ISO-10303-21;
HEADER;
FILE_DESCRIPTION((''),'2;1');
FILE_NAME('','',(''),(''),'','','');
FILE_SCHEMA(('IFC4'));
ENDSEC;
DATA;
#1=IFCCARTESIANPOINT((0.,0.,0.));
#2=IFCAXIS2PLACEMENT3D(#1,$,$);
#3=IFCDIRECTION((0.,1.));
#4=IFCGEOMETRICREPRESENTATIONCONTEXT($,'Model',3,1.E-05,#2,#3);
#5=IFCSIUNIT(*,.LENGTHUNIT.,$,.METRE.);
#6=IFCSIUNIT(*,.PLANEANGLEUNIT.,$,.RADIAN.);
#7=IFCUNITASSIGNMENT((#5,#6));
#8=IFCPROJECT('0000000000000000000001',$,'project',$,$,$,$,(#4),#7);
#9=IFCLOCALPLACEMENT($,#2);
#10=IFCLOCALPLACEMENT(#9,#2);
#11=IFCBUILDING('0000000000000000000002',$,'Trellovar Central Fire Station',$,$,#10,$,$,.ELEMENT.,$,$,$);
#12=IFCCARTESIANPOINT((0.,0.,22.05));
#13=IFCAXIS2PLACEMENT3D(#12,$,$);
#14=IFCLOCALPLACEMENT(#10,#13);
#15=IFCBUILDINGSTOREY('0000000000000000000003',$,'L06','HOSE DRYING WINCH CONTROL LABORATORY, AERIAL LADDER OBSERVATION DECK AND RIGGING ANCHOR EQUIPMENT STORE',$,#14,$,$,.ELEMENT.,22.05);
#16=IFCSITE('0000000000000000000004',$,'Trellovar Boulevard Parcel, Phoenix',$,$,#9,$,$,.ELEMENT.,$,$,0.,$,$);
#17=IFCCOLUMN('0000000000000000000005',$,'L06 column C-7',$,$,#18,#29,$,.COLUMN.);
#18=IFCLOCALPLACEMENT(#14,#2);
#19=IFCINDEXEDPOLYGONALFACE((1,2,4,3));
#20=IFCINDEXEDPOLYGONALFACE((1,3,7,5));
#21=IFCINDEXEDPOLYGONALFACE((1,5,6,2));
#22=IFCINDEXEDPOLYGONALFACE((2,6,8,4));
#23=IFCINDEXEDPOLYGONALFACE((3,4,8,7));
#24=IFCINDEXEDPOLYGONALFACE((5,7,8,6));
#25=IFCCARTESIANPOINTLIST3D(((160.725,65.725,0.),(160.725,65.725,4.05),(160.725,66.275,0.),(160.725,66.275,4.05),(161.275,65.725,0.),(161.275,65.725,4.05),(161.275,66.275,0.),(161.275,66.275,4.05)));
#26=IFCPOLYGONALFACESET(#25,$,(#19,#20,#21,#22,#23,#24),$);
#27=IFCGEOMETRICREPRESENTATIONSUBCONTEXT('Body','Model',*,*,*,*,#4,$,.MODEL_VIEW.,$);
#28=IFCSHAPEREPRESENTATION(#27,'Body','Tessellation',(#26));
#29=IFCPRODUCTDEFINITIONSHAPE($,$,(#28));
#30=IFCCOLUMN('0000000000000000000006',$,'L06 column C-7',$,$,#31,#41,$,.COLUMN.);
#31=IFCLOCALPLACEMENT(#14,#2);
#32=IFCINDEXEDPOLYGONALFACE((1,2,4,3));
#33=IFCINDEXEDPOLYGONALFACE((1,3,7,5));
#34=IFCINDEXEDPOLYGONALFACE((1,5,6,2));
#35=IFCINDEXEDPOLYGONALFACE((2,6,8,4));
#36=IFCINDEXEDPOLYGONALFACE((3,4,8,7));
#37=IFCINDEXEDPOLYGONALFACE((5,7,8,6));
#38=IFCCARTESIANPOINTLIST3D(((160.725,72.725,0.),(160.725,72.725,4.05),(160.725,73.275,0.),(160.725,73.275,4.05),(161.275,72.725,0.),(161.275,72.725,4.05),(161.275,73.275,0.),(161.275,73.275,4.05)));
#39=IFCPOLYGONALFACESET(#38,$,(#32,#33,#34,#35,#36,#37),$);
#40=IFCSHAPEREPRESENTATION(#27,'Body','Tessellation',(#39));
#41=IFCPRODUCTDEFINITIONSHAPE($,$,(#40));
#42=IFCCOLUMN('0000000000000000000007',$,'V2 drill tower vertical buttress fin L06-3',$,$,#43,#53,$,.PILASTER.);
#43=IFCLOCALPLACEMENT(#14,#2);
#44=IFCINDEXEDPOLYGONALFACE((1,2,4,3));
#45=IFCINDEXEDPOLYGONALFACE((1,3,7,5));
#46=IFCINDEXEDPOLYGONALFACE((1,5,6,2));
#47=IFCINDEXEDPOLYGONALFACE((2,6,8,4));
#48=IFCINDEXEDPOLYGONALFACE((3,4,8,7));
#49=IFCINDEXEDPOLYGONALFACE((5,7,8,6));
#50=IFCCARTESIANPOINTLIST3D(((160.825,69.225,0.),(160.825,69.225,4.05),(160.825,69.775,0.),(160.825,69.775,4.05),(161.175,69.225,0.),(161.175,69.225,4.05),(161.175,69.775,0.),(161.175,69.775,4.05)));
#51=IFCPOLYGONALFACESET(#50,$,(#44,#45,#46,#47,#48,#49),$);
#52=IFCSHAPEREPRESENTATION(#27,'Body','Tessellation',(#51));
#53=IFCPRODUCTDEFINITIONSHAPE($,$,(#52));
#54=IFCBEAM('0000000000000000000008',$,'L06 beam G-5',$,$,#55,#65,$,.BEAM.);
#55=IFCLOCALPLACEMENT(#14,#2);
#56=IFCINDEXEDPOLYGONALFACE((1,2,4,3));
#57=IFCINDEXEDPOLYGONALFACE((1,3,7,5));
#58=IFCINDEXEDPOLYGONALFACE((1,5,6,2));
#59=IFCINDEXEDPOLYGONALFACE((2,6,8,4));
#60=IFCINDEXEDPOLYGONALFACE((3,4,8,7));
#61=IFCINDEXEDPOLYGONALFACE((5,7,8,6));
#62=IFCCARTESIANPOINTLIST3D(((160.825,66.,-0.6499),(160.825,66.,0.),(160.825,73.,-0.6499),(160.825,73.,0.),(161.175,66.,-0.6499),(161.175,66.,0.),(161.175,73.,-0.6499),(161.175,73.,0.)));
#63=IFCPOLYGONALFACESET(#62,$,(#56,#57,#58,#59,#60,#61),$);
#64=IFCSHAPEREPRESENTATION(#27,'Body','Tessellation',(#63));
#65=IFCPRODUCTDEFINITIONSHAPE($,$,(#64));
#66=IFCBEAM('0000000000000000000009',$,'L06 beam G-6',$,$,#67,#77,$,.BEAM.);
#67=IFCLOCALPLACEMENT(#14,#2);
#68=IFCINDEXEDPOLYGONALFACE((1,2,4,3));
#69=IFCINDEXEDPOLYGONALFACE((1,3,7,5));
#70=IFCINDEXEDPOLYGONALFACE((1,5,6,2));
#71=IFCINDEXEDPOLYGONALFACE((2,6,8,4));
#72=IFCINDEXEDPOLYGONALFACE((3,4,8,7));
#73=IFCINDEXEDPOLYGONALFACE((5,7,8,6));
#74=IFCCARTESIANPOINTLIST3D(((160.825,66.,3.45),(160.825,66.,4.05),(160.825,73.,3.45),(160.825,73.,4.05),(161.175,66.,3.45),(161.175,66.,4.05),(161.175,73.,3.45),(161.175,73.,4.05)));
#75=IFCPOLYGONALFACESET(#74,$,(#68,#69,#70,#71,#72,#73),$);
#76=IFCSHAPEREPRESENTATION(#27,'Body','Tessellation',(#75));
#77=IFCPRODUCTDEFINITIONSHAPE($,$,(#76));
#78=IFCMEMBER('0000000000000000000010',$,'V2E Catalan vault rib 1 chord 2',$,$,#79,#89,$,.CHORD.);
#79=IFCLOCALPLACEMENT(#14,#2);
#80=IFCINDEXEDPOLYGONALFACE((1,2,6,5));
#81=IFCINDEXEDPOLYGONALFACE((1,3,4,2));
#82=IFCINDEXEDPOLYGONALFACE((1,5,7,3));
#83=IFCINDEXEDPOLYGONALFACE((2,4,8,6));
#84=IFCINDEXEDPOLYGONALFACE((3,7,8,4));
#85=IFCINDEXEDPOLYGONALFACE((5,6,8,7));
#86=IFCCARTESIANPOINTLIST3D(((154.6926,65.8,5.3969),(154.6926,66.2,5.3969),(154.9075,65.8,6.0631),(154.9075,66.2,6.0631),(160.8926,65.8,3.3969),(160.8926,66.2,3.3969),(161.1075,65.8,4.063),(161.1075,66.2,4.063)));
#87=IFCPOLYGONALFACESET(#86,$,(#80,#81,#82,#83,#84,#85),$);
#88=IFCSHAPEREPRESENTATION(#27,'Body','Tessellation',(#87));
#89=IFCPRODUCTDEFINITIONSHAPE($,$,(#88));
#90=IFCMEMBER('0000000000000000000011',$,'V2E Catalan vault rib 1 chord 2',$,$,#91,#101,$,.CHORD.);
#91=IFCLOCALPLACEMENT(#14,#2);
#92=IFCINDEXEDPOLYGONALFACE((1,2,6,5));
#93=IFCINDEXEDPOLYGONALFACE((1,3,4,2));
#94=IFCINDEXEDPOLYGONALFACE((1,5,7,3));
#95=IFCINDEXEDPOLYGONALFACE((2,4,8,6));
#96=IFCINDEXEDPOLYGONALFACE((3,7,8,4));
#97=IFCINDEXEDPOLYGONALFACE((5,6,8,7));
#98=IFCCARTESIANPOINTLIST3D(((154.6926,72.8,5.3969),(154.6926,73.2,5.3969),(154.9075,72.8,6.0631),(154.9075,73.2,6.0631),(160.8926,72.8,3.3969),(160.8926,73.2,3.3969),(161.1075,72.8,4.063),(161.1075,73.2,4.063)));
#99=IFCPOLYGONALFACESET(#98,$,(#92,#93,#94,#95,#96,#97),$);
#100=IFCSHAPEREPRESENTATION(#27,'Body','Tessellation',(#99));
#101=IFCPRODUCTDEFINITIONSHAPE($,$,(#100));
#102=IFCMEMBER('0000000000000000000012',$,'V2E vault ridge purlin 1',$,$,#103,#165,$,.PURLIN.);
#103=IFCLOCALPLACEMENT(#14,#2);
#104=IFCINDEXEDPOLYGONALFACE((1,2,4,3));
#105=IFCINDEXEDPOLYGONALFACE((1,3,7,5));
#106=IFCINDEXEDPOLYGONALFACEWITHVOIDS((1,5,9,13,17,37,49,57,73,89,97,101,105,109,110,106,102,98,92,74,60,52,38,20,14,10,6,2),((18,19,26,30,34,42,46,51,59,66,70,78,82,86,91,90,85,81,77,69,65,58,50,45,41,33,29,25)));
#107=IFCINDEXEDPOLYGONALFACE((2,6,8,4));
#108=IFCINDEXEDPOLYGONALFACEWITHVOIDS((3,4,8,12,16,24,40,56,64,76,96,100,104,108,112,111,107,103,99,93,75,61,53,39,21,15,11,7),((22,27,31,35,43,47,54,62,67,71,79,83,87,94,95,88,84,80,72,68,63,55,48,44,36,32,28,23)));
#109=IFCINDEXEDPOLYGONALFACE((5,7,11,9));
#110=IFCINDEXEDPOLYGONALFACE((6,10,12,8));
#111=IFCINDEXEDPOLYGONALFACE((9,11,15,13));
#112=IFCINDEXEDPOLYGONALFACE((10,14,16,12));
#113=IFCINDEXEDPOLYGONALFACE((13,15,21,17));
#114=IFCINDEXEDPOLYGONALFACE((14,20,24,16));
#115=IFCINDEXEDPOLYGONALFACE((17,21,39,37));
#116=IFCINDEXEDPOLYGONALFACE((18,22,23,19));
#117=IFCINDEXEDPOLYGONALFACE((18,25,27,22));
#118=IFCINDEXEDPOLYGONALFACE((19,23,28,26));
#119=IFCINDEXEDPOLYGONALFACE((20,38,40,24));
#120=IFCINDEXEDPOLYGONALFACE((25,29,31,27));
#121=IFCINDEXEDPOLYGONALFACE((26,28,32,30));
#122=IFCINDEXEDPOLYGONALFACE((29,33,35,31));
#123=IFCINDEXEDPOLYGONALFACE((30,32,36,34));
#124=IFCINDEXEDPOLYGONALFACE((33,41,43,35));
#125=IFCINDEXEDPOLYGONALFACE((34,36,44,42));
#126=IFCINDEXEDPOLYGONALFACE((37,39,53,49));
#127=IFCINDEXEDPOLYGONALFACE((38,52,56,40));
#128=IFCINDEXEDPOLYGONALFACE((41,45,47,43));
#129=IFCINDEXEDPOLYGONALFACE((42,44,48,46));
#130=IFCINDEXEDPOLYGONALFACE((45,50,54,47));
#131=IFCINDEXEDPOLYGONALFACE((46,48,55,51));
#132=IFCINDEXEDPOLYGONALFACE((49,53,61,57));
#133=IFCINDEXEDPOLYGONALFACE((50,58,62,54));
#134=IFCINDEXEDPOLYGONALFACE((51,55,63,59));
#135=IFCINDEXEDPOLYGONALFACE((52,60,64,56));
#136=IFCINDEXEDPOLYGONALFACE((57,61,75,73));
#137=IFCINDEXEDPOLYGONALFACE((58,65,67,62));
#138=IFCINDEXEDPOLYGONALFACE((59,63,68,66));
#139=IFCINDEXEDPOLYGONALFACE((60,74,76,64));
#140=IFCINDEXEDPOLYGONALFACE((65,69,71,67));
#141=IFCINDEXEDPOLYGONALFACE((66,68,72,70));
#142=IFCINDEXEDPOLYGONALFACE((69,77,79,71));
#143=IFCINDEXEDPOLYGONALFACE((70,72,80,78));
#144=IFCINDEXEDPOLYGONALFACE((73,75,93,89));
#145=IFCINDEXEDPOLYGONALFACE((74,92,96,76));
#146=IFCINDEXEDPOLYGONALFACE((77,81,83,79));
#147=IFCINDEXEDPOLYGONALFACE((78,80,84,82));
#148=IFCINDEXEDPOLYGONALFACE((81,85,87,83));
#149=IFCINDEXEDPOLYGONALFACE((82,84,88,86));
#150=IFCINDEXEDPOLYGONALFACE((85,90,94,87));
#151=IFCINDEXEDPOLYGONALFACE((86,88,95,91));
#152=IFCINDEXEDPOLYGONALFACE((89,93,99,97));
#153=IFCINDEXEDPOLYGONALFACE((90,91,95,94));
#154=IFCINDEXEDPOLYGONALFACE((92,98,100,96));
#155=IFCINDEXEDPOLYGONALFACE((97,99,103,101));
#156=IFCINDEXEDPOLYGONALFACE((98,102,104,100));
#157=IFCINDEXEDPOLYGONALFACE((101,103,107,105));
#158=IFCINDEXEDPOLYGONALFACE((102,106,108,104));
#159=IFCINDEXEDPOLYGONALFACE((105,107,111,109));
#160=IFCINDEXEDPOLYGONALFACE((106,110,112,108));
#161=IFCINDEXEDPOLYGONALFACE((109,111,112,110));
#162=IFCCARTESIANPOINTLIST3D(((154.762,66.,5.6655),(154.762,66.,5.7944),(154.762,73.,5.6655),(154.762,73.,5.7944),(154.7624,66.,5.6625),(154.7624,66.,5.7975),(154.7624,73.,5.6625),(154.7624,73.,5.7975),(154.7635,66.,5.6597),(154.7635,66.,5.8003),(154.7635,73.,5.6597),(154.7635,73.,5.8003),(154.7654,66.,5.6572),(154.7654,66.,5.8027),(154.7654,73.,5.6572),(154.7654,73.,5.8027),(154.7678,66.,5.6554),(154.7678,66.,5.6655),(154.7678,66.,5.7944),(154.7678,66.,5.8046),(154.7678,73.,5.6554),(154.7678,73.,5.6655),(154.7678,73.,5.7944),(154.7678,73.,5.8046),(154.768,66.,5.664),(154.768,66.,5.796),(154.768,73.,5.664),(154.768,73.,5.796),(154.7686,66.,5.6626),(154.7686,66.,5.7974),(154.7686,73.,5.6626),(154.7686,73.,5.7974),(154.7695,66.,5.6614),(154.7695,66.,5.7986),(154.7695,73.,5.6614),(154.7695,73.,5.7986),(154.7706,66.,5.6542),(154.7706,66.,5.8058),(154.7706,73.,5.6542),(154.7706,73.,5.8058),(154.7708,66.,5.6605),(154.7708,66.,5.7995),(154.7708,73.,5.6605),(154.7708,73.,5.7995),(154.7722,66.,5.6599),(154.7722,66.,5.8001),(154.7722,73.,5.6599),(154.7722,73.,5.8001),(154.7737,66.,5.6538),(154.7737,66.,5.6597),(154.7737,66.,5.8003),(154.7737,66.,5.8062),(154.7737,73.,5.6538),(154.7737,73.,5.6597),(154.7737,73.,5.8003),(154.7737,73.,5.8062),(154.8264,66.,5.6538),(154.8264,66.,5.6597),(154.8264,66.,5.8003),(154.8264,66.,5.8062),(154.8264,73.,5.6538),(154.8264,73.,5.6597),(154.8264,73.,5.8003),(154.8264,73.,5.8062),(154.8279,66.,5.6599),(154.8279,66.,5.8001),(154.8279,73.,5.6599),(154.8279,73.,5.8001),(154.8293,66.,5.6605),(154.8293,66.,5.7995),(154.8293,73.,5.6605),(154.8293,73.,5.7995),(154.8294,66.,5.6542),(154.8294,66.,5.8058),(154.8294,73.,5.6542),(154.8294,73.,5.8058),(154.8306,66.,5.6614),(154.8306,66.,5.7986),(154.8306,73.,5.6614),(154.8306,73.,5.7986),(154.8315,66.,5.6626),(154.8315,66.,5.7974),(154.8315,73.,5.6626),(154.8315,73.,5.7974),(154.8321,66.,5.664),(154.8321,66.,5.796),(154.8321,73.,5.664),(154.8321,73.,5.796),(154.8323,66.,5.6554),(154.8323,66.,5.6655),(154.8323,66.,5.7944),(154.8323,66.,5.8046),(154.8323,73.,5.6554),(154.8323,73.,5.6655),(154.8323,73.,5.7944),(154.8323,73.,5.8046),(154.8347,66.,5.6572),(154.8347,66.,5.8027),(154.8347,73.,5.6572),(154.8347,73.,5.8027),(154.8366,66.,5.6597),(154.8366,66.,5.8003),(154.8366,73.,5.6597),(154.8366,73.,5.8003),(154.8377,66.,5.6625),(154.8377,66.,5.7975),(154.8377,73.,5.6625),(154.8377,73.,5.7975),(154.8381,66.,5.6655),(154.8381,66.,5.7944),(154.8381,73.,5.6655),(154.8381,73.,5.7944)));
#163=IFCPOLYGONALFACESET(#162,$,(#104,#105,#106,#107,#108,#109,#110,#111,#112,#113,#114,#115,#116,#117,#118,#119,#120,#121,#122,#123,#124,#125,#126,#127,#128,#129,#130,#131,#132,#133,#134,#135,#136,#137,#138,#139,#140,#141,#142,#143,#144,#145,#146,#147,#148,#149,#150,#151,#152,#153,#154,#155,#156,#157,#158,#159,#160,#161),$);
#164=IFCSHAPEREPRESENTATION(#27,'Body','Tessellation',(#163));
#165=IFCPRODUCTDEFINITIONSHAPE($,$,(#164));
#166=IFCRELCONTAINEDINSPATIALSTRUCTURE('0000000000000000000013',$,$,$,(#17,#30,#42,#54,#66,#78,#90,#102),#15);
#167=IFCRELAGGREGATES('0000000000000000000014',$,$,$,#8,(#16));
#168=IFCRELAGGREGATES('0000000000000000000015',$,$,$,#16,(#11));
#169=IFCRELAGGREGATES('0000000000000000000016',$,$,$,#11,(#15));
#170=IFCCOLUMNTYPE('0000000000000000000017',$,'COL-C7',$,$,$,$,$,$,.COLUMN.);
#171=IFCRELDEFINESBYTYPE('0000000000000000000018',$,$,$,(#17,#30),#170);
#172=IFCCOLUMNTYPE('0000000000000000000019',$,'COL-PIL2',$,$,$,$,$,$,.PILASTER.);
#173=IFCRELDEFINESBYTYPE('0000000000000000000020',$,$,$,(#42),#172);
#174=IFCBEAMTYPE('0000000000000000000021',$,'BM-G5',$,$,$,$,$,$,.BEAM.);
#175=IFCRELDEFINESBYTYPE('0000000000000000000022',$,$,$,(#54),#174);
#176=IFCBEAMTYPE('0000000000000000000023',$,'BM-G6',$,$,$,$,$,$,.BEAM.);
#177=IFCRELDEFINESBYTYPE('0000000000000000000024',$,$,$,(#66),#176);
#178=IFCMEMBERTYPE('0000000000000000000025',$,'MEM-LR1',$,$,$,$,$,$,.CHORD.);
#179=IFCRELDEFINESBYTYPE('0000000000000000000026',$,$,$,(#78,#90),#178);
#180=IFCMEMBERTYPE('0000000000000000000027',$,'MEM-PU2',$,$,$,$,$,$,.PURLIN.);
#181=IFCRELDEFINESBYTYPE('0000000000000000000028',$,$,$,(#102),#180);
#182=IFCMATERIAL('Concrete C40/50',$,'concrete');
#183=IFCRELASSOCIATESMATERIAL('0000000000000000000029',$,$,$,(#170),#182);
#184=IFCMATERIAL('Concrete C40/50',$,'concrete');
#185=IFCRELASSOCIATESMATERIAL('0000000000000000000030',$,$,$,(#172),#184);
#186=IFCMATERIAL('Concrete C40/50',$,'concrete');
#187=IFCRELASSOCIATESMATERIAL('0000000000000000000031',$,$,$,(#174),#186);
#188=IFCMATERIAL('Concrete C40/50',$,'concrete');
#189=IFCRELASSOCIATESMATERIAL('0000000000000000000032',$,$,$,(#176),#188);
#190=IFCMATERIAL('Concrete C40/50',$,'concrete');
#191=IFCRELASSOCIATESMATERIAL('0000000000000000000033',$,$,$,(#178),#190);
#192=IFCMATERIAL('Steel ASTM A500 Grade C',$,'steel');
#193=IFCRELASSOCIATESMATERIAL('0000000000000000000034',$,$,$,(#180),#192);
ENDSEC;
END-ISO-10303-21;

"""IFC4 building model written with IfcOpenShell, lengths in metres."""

from ifc_helpers import new_model, si_unit, direction, frame, origin, origin_2d, place, context, subcontext, project, spatial, rectangle, hollow_rectangle, extrude, material, material_profile, profile_set, type_object, element, save


model = new_model("IFC4")

# Units and contexts
model_context = context("Model", 3, precision=1e-05, world=origin(), true_north=direction((0.0, 1.0)))
body_context = subcontext(model_context, "Body", "Model", "MODEL_VIEW")
ifc_project = project(units=[si_unit("LENGTHUNIT", "METRE"), si_unit("PLANEANGLEUNIT", "RADIAN")], contexts=[model_context])

# Site, building, storey
site_placement = place(None, origin())
site = spatial("IfcSite", under=ifc_project, at=site_placement, Name="Trellovar Boulevard Parcel, Phoenix", CompositionType="ELEMENT", RefElevation=0.0)
building_placement = place(site_placement, origin())
building = spatial("IfcBuilding", under=site, at=building_placement, Name="Trellovar Central Fire Station", CompositionType="ELEMENT")
storey_placement = place(building_placement, frame((0.0, 0.0, 22.05)))
storey = spatial("IfcBuildingStorey", under=building, at=storey_placement, Name="L06", Description="HOSE DRYING WINCH CONTROL LABORATORY, AERIAL LADDER OBSERVATION DECK AND RIGGING ANCHOR EQUIPMENT STORE", CompositionType="ELEMENT", Elevation=22.05)

# Columns
ifc_material_1 = material(Name="Concrete C40/50", Category="concrete")
ifc_material_profile_1 = material_profile(ifc_material_1, rectangle(XDim=0.55, YDim=0.55, at=origin_2d()), Name="RC550X550")
ifc_profile_set_1 = profile_set([ifc_material_profile_1], Name="Concrete C40/50")
column_type_1 = type_object("IfcColumnType", Name="COL-C7", PredefinedType="COLUMN", material=ifc_profile_set_1)
for number, where, z_axis, x_axis, name in (
    (1, (161.0, 66.0, 0.0), (0.0, 0.0, 1.0), (1.0, 0.0, 0.0), "L06 column C-7"),
    (2, (161.0, 73.0, 0.0), (0.0, 0.0, 1.0), (1.0, 0.0, 0.0), "L06 column C-7"),
):
    element("IfcColumn", number, at=place(storey_placement, frame(where, z_axis=z_axis, x_axis=x_axis)), inside=storey, type_object=column_type_1, Name=name, PredefinedType="COLUMN", context=body_context, shape_type="SweptSolid", body=[
        extrude(rectangle(XDim=0.55, YDim=0.55, at=origin_2d()), origin(), (0.0, 0.0, 1.0), 4.05),
    ])
ifc_material_2 = material(Name="Concrete C40/50", Category="concrete")
ifc_material_profile_2 = material_profile(ifc_material_2, rectangle(XDim=0.3501, YDim=0.55, at=origin_2d()), Name="RC350X550")
ifc_profile_set_2 = profile_set([ifc_material_profile_2], Name="Concrete C40/50")
column_type_2 = type_object("IfcColumnType", Name="COL-PIL2", PredefinedType="PILASTER", material=ifc_profile_set_2)
column_placement = place(storey_placement, frame((161.0, 69.5, 0.0), z_axis=(0.0, 0.0, 1.0), x_axis=(1.0, 0.0, 0.0)))
element("IfcColumn", 3, at=column_placement, inside=storey, type_object=column_type_2, Name="V2 drill tower vertical buttress fin L06-3", PredefinedType="PILASTER", context=body_context, shape_type="SweptSolid", body=[
    extrude(rectangle(XDim=0.3501, YDim=0.55, at=origin_2d()), origin(), (0.0, 0.0, 1.0), 4.05),
])

# Beams
ifc_material_3 = material(Name="Concrete C40/50", Category="concrete")
ifc_material_profile_3 = material_profile(ifc_material_3, rectangle(XDim=0.3501, YDim=0.6499, at=origin_2d()), Name="RC350X650")
ifc_profile_set_3 = profile_set([ifc_material_profile_3], Name="Concrete C40/50")
beam_type_1 = type_object("IfcBeamType", Name="BM-G5", PredefinedType="BEAM", material=ifc_profile_set_3)
beam_1_placement = place(storey_placement, frame((161.0, 66.0, -0.325), z_axis=(0.0, 1.0, 0.0), x_axis=(-1.0, 0.0, 0.0)))
element("IfcBeam", 4, at=beam_1_placement, inside=storey, type_object=beam_type_1, Name="L06 beam G-5", PredefinedType="BEAM", context=body_context, shape_type="SweptSolid", body=[
    extrude(rectangle(XDim=0.3501, YDim=0.6499, at=origin_2d()), origin(), (0.0, 0.0, 1.0), 7.0),
])
ifc_material_4 = material(Name="Concrete C40/50", Category="concrete")
ifc_material_profile_4 = material_profile(ifc_material_4, rectangle(XDim=0.3501, YDim=0.6001, at=origin_2d()), Name="RC350X600")
ifc_profile_set_4 = profile_set([ifc_material_profile_4], Name="Concrete C40/50")
beam_type_2 = type_object("IfcBeamType", Name="BM-G6", PredefinedType="BEAM", material=ifc_profile_set_4)
beam_2_placement = place(storey_placement, frame((161.0, 66.0, 3.75), z_axis=(0.0, 1.0, 0.0), x_axis=(-1.0, 0.0, 0.0)))
element("IfcBeam", 5, at=beam_2_placement, inside=storey, type_object=beam_type_2, Name="L06 beam G-6", PredefinedType="BEAM", context=body_context, shape_type="SweptSolid", body=[
    extrude(rectangle(XDim=0.3501, YDim=0.6001, at=origin_2d()), origin(), (0.0, 0.0, 1.0), 7.0),
])

# Members
ifc_material_5 = material(Name="Concrete C40/50", Category="concrete")
ifc_material_profile_5 = material_profile(ifc_material_5, rectangle(XDim=0.3999, YDim=0.7, at=origin_2d()), Name="RC400X700")
ifc_profile_set_5 = profile_set([ifc_material_profile_5], Name="Concrete C40/50")
member_type_1 = type_object("IfcMemberType", Name="MEM-LR1", PredefinedType="CHORD", material=ifc_profile_set_5)
for number, where, z_axis, x_axis, name in (
    (6, (154.8, 66.0, 5.73), (0.951708, 0.0, -0.307005), (0.0, 1.0, 0.0), "V2E Catalan vault rib 1 chord 2"),
    (7, (154.8, 73.0, 5.73), (0.951708, 0.0, -0.307005), (0.0, 1.0, 0.0), "V2E Catalan vault rib 1 chord 2"),
):
    element("IfcMember", number, at=place(storey_placement, frame(where, z_axis=z_axis, x_axis=x_axis)), inside=storey, type_object=member_type_1, Name=name, PredefinedType="CHORD", context=body_context, shape_type="SweptSolid", body=[
        extrude(rectangle(XDim=0.3999, YDim=0.7, at=origin_2d()), origin(), (0.0, 0.0, 1.0), 6.5146),
    ])
ifc_material_6 = material(Name="Steel ASTM A500 Grade C", Category="steel")
ifc_material_profile_6 = material_profile(ifc_material_6, hollow_rectangle(XDim=0.0762, YDim=0.1523, WallThickness=0.0059, InnerFilletRadius=0.0059, OuterFilletRadius=0.0117, at=origin_2d()), Name="HSS6X3X1/4")
ifc_profile_set_6 = profile_set([ifc_material_profile_6], Name="Steel ASTM A500 Grade C")
member_type_2 = type_object("IfcMemberType", Name="MEM-PU2", PredefinedType="PURLIN", material=ifc_profile_set_6)
for number, where, z_axis, x_axis, name in (
    (8, (154.8, 66.0, 5.73), (0.0, 1.0, 0.0), (-1.0, 0.0, 0.0), "V2E vault ridge purlin 1"),
):
    element("IfcMember", number, at=place(storey_placement, frame(where, z_axis=z_axis, x_axis=x_axis)), inside=storey, type_object=member_type_2, Name=name, PredefinedType="PURLIN", context=body_context, shape_type="SweptSolid", body=[
        extrude(hollow_rectangle(XDim=0.0762, YDim=0.1523, WallThickness=0.0059, InnerFilletRadius=0.0059, OuterFilletRadius=0.0117, at=origin_2d()), origin(), (0.0, 0.0, 1.0), 7.0),
    ])

save(model, "model.ifc")
